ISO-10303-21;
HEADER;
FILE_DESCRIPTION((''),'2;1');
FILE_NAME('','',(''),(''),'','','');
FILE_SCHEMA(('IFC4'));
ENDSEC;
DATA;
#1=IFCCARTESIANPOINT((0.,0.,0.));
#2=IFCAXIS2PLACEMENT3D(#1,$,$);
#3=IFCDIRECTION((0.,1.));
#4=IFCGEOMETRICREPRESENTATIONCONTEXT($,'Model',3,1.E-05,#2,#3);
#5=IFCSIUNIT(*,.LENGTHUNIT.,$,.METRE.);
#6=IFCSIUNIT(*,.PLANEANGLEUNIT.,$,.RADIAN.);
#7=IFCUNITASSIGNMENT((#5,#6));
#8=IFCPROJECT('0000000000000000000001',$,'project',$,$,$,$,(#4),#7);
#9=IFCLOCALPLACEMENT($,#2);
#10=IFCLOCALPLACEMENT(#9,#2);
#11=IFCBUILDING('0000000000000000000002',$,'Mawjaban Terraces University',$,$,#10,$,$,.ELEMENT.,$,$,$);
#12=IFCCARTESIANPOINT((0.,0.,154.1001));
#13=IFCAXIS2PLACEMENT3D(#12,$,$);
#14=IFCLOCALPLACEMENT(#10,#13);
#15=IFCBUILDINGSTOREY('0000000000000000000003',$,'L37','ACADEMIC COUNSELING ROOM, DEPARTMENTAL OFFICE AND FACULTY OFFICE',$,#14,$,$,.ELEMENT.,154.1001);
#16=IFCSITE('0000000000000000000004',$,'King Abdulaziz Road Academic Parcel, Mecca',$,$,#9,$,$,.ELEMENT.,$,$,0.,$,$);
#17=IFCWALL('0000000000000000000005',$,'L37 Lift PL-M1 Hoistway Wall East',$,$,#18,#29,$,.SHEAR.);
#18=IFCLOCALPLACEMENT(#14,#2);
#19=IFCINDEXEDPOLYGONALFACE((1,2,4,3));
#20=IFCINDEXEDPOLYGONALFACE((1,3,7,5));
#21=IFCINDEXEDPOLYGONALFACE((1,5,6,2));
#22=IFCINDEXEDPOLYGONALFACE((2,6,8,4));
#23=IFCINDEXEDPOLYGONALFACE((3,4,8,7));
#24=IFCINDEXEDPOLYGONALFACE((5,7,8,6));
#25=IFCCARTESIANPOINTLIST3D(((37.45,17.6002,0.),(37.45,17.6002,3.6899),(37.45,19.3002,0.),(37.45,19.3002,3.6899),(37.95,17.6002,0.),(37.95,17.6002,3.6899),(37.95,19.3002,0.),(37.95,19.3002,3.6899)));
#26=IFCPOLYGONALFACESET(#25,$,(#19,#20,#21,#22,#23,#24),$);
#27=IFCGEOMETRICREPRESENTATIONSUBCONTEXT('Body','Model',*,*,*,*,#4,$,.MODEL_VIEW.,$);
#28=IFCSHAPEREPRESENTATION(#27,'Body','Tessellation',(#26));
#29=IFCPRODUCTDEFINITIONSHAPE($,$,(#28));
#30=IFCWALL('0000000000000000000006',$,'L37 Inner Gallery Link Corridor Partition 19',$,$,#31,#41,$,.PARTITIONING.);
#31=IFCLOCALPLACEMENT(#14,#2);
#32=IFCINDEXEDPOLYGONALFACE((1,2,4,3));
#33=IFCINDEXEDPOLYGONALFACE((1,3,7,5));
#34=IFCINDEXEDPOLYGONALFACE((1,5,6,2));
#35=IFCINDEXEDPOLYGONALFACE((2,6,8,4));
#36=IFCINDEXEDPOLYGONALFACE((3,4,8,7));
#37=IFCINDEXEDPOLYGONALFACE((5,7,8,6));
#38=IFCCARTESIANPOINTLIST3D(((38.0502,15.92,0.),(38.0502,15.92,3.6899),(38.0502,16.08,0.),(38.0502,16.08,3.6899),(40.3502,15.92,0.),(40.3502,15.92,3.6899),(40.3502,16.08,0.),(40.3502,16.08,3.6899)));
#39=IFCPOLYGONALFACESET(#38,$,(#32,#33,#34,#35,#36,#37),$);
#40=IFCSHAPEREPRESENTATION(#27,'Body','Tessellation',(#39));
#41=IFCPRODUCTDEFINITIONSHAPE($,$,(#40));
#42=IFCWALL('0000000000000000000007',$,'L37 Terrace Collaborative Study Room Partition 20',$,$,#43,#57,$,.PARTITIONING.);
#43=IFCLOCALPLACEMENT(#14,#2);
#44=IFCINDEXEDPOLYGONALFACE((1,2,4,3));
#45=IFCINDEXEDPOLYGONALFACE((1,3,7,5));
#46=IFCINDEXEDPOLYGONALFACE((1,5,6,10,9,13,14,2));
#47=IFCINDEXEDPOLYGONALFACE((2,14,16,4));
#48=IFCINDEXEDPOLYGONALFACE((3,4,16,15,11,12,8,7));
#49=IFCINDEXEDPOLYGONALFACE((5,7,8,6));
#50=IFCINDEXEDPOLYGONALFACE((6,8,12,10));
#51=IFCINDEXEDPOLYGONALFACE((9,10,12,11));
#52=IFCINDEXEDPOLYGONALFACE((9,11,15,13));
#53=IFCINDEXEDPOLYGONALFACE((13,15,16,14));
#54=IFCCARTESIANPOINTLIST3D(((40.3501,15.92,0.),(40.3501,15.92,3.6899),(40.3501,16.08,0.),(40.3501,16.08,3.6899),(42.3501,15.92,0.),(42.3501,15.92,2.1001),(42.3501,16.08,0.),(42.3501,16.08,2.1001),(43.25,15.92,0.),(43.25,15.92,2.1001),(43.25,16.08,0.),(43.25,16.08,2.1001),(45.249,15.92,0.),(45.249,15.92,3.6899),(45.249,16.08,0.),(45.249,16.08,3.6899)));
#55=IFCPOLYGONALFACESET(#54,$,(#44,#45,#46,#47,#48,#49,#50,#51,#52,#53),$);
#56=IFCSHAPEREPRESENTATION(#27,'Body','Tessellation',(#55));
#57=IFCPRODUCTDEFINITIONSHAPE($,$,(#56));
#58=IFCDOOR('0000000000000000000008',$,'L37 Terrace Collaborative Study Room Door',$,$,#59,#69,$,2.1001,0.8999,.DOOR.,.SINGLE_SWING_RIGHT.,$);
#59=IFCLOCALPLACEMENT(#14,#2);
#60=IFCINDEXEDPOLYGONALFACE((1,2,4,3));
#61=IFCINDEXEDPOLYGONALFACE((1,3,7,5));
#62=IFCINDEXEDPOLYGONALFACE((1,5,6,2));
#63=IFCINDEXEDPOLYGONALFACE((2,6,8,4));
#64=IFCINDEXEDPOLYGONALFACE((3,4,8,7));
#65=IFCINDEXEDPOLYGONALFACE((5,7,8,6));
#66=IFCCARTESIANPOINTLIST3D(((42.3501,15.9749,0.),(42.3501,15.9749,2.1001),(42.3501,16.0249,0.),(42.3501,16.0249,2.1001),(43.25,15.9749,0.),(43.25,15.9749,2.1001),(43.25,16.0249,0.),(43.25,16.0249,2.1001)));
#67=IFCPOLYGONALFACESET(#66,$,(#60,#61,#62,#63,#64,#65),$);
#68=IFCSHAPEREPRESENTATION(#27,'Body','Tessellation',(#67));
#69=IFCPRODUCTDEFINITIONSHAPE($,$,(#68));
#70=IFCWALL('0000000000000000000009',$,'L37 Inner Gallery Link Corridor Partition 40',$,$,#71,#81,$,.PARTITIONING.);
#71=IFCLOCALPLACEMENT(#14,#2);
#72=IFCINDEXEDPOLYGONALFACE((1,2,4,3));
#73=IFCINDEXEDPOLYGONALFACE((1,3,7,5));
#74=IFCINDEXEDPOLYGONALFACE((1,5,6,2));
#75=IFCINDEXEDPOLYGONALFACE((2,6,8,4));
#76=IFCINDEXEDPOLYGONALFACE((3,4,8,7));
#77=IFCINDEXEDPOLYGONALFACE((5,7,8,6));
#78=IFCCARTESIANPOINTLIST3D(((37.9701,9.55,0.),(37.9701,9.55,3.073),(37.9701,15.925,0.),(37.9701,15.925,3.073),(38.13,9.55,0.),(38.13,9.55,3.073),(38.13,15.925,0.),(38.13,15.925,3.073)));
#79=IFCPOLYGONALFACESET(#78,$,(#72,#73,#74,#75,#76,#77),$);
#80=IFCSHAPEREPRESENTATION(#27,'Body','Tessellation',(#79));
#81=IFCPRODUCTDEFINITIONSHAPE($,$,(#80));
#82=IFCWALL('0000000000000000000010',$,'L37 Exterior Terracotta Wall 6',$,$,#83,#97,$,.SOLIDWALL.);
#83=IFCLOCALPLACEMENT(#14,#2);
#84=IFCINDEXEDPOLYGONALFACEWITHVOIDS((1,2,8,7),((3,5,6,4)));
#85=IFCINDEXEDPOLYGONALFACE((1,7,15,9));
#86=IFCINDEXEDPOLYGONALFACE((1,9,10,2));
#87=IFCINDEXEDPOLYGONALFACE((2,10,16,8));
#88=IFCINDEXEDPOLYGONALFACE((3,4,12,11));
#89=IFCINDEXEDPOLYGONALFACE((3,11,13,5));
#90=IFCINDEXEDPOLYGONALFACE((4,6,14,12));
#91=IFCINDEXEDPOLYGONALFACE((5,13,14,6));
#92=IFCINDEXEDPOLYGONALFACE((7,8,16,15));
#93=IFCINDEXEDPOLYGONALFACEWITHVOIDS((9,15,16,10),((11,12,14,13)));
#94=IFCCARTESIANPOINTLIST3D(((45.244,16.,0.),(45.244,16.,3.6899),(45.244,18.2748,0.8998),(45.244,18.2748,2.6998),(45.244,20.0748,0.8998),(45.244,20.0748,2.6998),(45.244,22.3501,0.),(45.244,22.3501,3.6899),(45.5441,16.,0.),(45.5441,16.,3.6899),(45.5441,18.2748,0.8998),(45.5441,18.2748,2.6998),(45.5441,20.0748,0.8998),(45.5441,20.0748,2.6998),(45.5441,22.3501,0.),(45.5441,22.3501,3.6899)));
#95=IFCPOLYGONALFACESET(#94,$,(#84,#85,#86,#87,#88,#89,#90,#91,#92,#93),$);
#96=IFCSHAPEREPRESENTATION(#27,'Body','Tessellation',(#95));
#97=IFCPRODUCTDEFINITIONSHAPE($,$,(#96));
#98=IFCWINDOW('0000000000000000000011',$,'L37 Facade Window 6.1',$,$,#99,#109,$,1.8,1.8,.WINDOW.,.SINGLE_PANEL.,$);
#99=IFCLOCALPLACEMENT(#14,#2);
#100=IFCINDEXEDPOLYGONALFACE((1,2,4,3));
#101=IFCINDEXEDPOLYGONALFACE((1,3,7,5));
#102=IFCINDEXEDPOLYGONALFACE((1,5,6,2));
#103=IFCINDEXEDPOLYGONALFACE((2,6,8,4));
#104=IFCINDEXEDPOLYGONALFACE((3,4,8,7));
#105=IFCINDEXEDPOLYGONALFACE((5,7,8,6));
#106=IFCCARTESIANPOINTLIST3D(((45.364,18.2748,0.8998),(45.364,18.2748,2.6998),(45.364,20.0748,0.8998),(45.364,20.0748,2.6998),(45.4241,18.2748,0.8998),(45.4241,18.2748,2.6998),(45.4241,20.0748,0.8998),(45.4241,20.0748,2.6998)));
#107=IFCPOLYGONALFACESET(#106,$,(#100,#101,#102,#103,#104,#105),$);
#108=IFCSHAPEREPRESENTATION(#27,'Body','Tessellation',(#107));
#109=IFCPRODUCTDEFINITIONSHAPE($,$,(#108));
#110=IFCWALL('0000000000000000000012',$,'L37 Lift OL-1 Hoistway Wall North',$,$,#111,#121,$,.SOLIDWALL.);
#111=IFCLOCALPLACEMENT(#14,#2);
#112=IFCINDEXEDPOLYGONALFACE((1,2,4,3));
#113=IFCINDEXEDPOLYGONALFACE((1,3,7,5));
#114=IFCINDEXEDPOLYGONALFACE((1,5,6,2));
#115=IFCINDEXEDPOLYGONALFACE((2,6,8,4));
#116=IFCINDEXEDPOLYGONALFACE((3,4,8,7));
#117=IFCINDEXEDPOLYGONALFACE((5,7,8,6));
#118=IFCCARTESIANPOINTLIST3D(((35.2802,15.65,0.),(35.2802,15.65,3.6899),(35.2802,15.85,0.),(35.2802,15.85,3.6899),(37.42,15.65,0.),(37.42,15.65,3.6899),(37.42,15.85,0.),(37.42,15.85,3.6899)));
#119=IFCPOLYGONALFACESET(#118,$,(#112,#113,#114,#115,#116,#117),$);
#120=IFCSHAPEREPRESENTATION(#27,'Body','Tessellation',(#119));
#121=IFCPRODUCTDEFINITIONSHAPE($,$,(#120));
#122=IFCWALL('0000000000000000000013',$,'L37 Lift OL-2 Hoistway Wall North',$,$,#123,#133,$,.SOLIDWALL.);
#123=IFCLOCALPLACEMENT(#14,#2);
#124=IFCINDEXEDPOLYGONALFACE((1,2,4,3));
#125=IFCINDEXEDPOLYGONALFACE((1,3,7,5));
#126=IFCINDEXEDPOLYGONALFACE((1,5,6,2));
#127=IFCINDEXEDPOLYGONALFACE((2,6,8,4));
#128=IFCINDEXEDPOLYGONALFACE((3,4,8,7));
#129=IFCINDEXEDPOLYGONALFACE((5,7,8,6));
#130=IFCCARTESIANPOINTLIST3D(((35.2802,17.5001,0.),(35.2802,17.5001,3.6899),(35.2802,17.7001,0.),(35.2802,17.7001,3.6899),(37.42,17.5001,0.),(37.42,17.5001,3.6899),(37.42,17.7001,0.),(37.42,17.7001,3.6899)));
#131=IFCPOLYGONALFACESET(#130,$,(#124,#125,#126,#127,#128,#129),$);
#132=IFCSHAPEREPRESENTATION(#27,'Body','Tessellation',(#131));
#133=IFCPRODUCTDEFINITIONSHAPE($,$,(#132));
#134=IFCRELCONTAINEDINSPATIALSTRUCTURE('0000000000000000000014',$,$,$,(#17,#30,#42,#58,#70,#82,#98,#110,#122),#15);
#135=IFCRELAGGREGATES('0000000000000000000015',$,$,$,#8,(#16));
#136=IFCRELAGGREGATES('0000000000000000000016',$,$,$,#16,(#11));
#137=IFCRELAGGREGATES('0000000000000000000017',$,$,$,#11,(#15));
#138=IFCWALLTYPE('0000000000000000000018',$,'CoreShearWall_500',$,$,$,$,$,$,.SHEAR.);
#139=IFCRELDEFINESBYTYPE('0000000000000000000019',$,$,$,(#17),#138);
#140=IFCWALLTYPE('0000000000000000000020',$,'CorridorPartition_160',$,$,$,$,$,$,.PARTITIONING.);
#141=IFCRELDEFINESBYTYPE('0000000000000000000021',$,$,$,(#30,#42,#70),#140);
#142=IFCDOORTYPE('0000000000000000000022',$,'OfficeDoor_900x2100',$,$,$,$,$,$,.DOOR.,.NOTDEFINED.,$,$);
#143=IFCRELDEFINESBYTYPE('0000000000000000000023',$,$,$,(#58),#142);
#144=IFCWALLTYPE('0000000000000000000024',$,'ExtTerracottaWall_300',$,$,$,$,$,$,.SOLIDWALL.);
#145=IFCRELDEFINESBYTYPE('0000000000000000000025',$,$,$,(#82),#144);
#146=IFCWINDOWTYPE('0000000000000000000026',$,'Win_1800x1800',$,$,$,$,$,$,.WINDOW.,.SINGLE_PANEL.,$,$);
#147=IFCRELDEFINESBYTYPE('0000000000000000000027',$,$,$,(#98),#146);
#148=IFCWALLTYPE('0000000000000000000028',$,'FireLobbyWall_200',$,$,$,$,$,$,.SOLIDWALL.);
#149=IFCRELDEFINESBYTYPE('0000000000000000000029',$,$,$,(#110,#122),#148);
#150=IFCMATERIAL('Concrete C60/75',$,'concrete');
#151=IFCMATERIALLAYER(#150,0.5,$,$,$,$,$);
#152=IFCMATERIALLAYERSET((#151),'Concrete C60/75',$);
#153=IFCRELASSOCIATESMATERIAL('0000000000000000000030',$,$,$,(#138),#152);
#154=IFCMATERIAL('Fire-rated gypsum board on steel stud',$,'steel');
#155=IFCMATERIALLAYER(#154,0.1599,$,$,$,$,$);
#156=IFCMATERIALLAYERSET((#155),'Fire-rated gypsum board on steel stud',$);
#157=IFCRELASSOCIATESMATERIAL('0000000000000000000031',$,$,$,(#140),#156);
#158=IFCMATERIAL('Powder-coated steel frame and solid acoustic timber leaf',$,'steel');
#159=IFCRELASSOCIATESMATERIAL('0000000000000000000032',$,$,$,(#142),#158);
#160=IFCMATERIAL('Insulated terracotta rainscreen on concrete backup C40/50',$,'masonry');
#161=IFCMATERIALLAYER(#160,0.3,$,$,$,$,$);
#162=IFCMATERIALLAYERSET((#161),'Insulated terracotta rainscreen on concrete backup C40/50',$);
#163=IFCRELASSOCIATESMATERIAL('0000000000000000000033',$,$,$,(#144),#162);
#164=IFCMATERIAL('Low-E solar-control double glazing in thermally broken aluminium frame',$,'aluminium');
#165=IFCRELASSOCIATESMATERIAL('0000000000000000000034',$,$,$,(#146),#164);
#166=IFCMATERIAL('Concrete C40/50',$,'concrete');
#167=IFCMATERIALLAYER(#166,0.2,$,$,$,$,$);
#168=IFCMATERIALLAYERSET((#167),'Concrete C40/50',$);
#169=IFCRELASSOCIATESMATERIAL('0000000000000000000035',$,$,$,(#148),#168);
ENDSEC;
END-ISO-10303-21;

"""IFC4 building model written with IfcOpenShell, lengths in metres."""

from ifc_helpers import new_model, si_unit, direction, frame, frame_2d, origin, place, context, subcontext, project, spatial, rectangle, extrude, material, layer, layer_set, type_object, element, fill, save


model = new_model("IFC4")

# Units and contexts
model_context = context("Model", 3, precision=1e-05, world=origin(), true_north=direction((0.0, 1.0)))
body_context = subcontext(model_context, "Body", "Model", "MODEL_VIEW")
ifc_project = project(units=[si_unit("LENGTHUNIT", "METRE"), si_unit("PLANEANGLEUNIT", "RADIAN")], contexts=[model_context])

# Site, building, storey
site_placement = place(None, origin())
site = spatial("IfcSite", under=ifc_project, at=site_placement, Name="King Abdulaziz Road Academic Parcel, Mecca", CompositionType="ELEMENT", RefElevation=0.0)
building_placement = place(site_placement, origin())
building = spatial("IfcBuilding", under=site, at=building_placement, Name="Mawjaban Terraces University", CompositionType="ELEMENT")
storey_placement = place(building_placement, frame((0.0, 0.0, 154.1001)))
storey = spatial("IfcBuildingStorey", under=building, at=storey_placement, Name="L37", Description="ACADEMIC COUNSELING ROOM, DEPARTMENTAL OFFICE AND FACULTY OFFICE", CompositionType="ELEMENT", Elevation=154.1001)

# Walls
ifc_material_1 = material(Name="Concrete C60/75", Category="concrete")
ifc_layer_1 = layer(ifc_material_1, 0.5)
ifc_layer_set_1 = layer_set([ifc_layer_1], Name="Concrete C60/75")
wall_type_1 = type_object("IfcWallType", Name="CoreShearWall_500", PredefinedType="SHEAR", material=ifc_layer_set_1)
wall_1_placement = place(storey_placement, frame((37.7, 17.6001, 0.0), z_axis=(0.0, 0.0, 1.0), x_axis=(0.0, 1.0, 0.0)))
element("IfcWall", 1, at=wall_1_placement, inside=storey, type_object=wall_type_1, Name="L37 Lift PL-M1 Hoistway Wall East", PredefinedType="SHEAR", context=body_context, shape_type="SweptSolid", body=[
    extrude(rectangle(XDim=1.7, YDim=0.5, at=frame_2d((0.8501, 0.0))), origin(), (0.0, 0.0, 1.0), 3.6899),
])
ifc_material_2 = material(Name="Fire-rated gypsum board on steel stud", Category="steel")
ifc_layer_2 = layer(ifc_material_2, 0.1599)
ifc_layer_set_2 = layer_set([ifc_layer_2], Name="Fire-rated gypsum board on steel stud")
wall_type_2 = type_object("IfcWallType", Name="CorridorPartition_160", PredefinedType="PARTITIONING", material=ifc_layer_set_2)
wall_2_placement = place(storey_placement, frame((40.3501, 16.0, 0.0), z_axis=(0.0, 0.0, 1.0), x_axis=(-1.0, 0.0, 0.0)))
element("IfcWall", 2, at=wall_2_placement, inside=storey, type_object=wall_type_2, Name="L37 Inner Gallery Link Corridor Partition 19", PredefinedType="PARTITIONING", context=body_context, shape_type="SweptSolid", body=[
    extrude(rectangle(XDim=2.3, YDim=0.1599, at=frame_2d((1.1499, 0.0))), origin(), (0.0, 0.0, 1.0), 3.6899),
])

# Wall, opening, door
wall_3_placement = place(storey_placement, frame((40.3501, 16.0, 0.0), z_axis=(0.0, 0.0, 1.0), x_axis=(1.0, 0.0, 0.0)))
wall_3 = element("IfcWall", 3, at=wall_3_placement, inside=storey, type_object=wall_type_2, Name="L37 Terrace Collaborative Study Room Partition 20", PredefinedType="PARTITIONING", context=body_context, shape_type="SweptSolid", body=[
    extrude(rectangle(XDim=4.8989, YDim=0.1599, at=frame_2d((2.4495, 0.0))), origin(), (0.0, 0.0, 1.0), 3.6899),
])
opening_1_placement = place(wall_3_placement, frame((2.0, 0.0, 0.0)))
opening_1 = element("IfcOpeningElement", 4, at=opening_1_placement, cuts=wall_3, PredefinedType="OPENING", context=body_context, shape_type="SweptSolid", body=[
    extrude(rectangle(XDim=0.8999, YDim=2.1001, at=frame_2d((0.45, 1.05))), frame((0.0, 0.0898, 0.0), z_axis=(0.0, -1.0, 0.0), x_axis=(1.0, 0.0, 0.0)), (0.0, 0.0, 1.0), 0.1799),
])
ifc_material_3 = material(Name="Powder-coated steel frame and solid acoustic timber leaf", Category="steel")
door_type = type_object("IfcDoorType", Name="OfficeDoor_900x2100", OperationType="NOTDEFINED", PredefinedType="DOOR", material=ifc_material_3)
door_placement = place(opening_1_placement, origin())
door = element("IfcDoor", 5, at=door_placement, inside=storey, type_object=door_type, Name="L37 Terrace Collaborative Study Room Door", OperationType="SINGLE_SWING_RIGHT", OverallHeight=2.1001, OverallWidth=0.8999, PredefinedType="DOOR", context=body_context, shape_type="SweptSolid", body=[
    extrude(rectangle(XDim=0.8999, YDim=2.1001, at=frame_2d((0.45, 1.05))), frame((0.0, 0.0249, 0.0), z_axis=(0.0, -1.0, 0.0), x_axis=(1.0, 0.0, 0.0)), (0.0, 0.0, 1.0), 0.05),
])
fill(opening_1, door)

# Wall
wall_4_placement = place(storey_placement, frame((38.05, 15.925, 0.0), z_axis=(0.0, 0.0, 1.0), x_axis=(0.0, -1.0, 0.0)))
element("IfcWall", 6, at=wall_4_placement, inside=storey, type_object=wall_type_2, Name="L37 Inner Gallery Link Corridor Partition 40", PredefinedType="PARTITIONING", context=body_context, shape_type="SweptSolid", body=[
    extrude(rectangle(XDim=6.375, YDim=0.1599, at=frame_2d((3.1875, 0.0))), origin(), (0.0, 0.0, 1.0), 3.073),
])

# Wall, opening, window
ifc_material_4 = material(Name="Insulated terracotta rainscreen on concrete backup C40/50", Category="masonry")
ifc_layer_3 = layer(ifc_material_4, 0.3)
ifc_layer_set_3 = layer_set([ifc_layer_3], Name="Insulated terracotta rainscreen on concrete backup C40/50")
wall_type_3 = type_object("IfcWallType", Name="ExtTerracottaWall_300", PredefinedType="SOLIDWALL", material=ifc_layer_set_3)
wall_5_placement = place(storey_placement, frame((45.394, 16.0, 0.0), z_axis=(0.0, 0.0, 1.0), x_axis=(0.0, 1.0, 0.0)))
wall_5 = element("IfcWall", 7, at=wall_5_placement, inside=storey, type_object=wall_type_3, Name="L37 Exterior Terracotta Wall 6", PredefinedType="SOLIDWALL", context=body_context, shape_type="SweptSolid", body=[
    extrude(rectangle(XDim=6.3501, YDim=0.3, at=frame_2d((3.175, 0.0))), origin(), (0.0, 0.0, 1.0), 3.6899),
])
opening_2_placement = place(wall_5_placement, frame((2.2749, 0.0, 0.8999)))
opening_2 = element("IfcOpeningElement", 8, at=opening_2_placement, cuts=wall_5, PredefinedType="OPENING", context=body_context, shape_type="SweptSolid", body=[
    extrude(rectangle(XDim=1.8, YDim=1.8, at=frame_2d((0.8999, 0.8999))), frame((0.0, 0.1599, 0.0), z_axis=(0.0, -1.0, 0.0), x_axis=(1.0, 0.0, 0.0)), (0.0, 0.0, 1.0), 0.3201),
])
ifc_material_5 = material(Name="Low-E solar-control double glazing in thermally broken aluminium frame", Category="aluminium")
window_type = type_object("IfcWindowType", Name="Win_1800x1800", PartitioningType="SINGLE_PANEL", PredefinedType="WINDOW", material=ifc_material_5)
window_placement = place(opening_2_placement, origin())
window = element("IfcWindow", 9, at=window_placement, inside=storey, type_object=window_type, Name="L37 Facade Window 6.1", OverallHeight=1.8, OverallWidth=1.8, PartitioningType="SINGLE_PANEL", PredefinedType="WINDOW", context=body_context, shape_type="SweptSolid", body=[
    extrude(rectangle(XDim=1.8, YDim=1.8, at=frame_2d((0.8999, 0.8999))), frame((0.0, 0.03, 0.0), z_axis=(0.0, -1.0, 0.0), x_axis=(1.0, 0.0, 0.0)), (0.0, 0.0, 1.0), 0.0601),
])
fill(opening_2, window)

# Walls
ifc_material_6 = material(Name="Concrete C40/50", Category="concrete")
ifc_layer_4 = layer(ifc_material_6, 0.2)
ifc_layer_set_4 = layer_set([ifc_layer_4], Name="Concrete C40/50")
wall_type_4 = type_object("IfcWallType", Name="FireLobbyWall_200", PredefinedType="SOLIDWALL", material=ifc_layer_set_4)
for number, where, z_axis, x_axis, name in (
    (10, (37.4199, 15.75, 0.0), (0.0, 0.0, 1.0), (-1.0, 0.0, 0.0), "L37 Lift OL-1 Hoistway Wall North"),
    (11, (37.4199, 17.6001, 0.0), (0.0, 0.0, 1.0), (-1.0, 0.0, 0.0), "L37 Lift OL-2 Hoistway Wall North"),
):
    element("IfcWall", number, at=place(storey_placement, frame(where, z_axis=z_axis, x_axis=x_axis)), inside=storey, type_object=wall_type_4, Name=name, PredefinedType="SOLIDWALL", context=body_context, shape_type="SweptSolid", body=[
        extrude(rectangle(XDim=2.1399, YDim=0.2, at=frame_2d((1.0698, 0.0))), origin(), (0.0, 0.0, 1.0), 3.6899),
    ])

save(model, "model.ifc")
